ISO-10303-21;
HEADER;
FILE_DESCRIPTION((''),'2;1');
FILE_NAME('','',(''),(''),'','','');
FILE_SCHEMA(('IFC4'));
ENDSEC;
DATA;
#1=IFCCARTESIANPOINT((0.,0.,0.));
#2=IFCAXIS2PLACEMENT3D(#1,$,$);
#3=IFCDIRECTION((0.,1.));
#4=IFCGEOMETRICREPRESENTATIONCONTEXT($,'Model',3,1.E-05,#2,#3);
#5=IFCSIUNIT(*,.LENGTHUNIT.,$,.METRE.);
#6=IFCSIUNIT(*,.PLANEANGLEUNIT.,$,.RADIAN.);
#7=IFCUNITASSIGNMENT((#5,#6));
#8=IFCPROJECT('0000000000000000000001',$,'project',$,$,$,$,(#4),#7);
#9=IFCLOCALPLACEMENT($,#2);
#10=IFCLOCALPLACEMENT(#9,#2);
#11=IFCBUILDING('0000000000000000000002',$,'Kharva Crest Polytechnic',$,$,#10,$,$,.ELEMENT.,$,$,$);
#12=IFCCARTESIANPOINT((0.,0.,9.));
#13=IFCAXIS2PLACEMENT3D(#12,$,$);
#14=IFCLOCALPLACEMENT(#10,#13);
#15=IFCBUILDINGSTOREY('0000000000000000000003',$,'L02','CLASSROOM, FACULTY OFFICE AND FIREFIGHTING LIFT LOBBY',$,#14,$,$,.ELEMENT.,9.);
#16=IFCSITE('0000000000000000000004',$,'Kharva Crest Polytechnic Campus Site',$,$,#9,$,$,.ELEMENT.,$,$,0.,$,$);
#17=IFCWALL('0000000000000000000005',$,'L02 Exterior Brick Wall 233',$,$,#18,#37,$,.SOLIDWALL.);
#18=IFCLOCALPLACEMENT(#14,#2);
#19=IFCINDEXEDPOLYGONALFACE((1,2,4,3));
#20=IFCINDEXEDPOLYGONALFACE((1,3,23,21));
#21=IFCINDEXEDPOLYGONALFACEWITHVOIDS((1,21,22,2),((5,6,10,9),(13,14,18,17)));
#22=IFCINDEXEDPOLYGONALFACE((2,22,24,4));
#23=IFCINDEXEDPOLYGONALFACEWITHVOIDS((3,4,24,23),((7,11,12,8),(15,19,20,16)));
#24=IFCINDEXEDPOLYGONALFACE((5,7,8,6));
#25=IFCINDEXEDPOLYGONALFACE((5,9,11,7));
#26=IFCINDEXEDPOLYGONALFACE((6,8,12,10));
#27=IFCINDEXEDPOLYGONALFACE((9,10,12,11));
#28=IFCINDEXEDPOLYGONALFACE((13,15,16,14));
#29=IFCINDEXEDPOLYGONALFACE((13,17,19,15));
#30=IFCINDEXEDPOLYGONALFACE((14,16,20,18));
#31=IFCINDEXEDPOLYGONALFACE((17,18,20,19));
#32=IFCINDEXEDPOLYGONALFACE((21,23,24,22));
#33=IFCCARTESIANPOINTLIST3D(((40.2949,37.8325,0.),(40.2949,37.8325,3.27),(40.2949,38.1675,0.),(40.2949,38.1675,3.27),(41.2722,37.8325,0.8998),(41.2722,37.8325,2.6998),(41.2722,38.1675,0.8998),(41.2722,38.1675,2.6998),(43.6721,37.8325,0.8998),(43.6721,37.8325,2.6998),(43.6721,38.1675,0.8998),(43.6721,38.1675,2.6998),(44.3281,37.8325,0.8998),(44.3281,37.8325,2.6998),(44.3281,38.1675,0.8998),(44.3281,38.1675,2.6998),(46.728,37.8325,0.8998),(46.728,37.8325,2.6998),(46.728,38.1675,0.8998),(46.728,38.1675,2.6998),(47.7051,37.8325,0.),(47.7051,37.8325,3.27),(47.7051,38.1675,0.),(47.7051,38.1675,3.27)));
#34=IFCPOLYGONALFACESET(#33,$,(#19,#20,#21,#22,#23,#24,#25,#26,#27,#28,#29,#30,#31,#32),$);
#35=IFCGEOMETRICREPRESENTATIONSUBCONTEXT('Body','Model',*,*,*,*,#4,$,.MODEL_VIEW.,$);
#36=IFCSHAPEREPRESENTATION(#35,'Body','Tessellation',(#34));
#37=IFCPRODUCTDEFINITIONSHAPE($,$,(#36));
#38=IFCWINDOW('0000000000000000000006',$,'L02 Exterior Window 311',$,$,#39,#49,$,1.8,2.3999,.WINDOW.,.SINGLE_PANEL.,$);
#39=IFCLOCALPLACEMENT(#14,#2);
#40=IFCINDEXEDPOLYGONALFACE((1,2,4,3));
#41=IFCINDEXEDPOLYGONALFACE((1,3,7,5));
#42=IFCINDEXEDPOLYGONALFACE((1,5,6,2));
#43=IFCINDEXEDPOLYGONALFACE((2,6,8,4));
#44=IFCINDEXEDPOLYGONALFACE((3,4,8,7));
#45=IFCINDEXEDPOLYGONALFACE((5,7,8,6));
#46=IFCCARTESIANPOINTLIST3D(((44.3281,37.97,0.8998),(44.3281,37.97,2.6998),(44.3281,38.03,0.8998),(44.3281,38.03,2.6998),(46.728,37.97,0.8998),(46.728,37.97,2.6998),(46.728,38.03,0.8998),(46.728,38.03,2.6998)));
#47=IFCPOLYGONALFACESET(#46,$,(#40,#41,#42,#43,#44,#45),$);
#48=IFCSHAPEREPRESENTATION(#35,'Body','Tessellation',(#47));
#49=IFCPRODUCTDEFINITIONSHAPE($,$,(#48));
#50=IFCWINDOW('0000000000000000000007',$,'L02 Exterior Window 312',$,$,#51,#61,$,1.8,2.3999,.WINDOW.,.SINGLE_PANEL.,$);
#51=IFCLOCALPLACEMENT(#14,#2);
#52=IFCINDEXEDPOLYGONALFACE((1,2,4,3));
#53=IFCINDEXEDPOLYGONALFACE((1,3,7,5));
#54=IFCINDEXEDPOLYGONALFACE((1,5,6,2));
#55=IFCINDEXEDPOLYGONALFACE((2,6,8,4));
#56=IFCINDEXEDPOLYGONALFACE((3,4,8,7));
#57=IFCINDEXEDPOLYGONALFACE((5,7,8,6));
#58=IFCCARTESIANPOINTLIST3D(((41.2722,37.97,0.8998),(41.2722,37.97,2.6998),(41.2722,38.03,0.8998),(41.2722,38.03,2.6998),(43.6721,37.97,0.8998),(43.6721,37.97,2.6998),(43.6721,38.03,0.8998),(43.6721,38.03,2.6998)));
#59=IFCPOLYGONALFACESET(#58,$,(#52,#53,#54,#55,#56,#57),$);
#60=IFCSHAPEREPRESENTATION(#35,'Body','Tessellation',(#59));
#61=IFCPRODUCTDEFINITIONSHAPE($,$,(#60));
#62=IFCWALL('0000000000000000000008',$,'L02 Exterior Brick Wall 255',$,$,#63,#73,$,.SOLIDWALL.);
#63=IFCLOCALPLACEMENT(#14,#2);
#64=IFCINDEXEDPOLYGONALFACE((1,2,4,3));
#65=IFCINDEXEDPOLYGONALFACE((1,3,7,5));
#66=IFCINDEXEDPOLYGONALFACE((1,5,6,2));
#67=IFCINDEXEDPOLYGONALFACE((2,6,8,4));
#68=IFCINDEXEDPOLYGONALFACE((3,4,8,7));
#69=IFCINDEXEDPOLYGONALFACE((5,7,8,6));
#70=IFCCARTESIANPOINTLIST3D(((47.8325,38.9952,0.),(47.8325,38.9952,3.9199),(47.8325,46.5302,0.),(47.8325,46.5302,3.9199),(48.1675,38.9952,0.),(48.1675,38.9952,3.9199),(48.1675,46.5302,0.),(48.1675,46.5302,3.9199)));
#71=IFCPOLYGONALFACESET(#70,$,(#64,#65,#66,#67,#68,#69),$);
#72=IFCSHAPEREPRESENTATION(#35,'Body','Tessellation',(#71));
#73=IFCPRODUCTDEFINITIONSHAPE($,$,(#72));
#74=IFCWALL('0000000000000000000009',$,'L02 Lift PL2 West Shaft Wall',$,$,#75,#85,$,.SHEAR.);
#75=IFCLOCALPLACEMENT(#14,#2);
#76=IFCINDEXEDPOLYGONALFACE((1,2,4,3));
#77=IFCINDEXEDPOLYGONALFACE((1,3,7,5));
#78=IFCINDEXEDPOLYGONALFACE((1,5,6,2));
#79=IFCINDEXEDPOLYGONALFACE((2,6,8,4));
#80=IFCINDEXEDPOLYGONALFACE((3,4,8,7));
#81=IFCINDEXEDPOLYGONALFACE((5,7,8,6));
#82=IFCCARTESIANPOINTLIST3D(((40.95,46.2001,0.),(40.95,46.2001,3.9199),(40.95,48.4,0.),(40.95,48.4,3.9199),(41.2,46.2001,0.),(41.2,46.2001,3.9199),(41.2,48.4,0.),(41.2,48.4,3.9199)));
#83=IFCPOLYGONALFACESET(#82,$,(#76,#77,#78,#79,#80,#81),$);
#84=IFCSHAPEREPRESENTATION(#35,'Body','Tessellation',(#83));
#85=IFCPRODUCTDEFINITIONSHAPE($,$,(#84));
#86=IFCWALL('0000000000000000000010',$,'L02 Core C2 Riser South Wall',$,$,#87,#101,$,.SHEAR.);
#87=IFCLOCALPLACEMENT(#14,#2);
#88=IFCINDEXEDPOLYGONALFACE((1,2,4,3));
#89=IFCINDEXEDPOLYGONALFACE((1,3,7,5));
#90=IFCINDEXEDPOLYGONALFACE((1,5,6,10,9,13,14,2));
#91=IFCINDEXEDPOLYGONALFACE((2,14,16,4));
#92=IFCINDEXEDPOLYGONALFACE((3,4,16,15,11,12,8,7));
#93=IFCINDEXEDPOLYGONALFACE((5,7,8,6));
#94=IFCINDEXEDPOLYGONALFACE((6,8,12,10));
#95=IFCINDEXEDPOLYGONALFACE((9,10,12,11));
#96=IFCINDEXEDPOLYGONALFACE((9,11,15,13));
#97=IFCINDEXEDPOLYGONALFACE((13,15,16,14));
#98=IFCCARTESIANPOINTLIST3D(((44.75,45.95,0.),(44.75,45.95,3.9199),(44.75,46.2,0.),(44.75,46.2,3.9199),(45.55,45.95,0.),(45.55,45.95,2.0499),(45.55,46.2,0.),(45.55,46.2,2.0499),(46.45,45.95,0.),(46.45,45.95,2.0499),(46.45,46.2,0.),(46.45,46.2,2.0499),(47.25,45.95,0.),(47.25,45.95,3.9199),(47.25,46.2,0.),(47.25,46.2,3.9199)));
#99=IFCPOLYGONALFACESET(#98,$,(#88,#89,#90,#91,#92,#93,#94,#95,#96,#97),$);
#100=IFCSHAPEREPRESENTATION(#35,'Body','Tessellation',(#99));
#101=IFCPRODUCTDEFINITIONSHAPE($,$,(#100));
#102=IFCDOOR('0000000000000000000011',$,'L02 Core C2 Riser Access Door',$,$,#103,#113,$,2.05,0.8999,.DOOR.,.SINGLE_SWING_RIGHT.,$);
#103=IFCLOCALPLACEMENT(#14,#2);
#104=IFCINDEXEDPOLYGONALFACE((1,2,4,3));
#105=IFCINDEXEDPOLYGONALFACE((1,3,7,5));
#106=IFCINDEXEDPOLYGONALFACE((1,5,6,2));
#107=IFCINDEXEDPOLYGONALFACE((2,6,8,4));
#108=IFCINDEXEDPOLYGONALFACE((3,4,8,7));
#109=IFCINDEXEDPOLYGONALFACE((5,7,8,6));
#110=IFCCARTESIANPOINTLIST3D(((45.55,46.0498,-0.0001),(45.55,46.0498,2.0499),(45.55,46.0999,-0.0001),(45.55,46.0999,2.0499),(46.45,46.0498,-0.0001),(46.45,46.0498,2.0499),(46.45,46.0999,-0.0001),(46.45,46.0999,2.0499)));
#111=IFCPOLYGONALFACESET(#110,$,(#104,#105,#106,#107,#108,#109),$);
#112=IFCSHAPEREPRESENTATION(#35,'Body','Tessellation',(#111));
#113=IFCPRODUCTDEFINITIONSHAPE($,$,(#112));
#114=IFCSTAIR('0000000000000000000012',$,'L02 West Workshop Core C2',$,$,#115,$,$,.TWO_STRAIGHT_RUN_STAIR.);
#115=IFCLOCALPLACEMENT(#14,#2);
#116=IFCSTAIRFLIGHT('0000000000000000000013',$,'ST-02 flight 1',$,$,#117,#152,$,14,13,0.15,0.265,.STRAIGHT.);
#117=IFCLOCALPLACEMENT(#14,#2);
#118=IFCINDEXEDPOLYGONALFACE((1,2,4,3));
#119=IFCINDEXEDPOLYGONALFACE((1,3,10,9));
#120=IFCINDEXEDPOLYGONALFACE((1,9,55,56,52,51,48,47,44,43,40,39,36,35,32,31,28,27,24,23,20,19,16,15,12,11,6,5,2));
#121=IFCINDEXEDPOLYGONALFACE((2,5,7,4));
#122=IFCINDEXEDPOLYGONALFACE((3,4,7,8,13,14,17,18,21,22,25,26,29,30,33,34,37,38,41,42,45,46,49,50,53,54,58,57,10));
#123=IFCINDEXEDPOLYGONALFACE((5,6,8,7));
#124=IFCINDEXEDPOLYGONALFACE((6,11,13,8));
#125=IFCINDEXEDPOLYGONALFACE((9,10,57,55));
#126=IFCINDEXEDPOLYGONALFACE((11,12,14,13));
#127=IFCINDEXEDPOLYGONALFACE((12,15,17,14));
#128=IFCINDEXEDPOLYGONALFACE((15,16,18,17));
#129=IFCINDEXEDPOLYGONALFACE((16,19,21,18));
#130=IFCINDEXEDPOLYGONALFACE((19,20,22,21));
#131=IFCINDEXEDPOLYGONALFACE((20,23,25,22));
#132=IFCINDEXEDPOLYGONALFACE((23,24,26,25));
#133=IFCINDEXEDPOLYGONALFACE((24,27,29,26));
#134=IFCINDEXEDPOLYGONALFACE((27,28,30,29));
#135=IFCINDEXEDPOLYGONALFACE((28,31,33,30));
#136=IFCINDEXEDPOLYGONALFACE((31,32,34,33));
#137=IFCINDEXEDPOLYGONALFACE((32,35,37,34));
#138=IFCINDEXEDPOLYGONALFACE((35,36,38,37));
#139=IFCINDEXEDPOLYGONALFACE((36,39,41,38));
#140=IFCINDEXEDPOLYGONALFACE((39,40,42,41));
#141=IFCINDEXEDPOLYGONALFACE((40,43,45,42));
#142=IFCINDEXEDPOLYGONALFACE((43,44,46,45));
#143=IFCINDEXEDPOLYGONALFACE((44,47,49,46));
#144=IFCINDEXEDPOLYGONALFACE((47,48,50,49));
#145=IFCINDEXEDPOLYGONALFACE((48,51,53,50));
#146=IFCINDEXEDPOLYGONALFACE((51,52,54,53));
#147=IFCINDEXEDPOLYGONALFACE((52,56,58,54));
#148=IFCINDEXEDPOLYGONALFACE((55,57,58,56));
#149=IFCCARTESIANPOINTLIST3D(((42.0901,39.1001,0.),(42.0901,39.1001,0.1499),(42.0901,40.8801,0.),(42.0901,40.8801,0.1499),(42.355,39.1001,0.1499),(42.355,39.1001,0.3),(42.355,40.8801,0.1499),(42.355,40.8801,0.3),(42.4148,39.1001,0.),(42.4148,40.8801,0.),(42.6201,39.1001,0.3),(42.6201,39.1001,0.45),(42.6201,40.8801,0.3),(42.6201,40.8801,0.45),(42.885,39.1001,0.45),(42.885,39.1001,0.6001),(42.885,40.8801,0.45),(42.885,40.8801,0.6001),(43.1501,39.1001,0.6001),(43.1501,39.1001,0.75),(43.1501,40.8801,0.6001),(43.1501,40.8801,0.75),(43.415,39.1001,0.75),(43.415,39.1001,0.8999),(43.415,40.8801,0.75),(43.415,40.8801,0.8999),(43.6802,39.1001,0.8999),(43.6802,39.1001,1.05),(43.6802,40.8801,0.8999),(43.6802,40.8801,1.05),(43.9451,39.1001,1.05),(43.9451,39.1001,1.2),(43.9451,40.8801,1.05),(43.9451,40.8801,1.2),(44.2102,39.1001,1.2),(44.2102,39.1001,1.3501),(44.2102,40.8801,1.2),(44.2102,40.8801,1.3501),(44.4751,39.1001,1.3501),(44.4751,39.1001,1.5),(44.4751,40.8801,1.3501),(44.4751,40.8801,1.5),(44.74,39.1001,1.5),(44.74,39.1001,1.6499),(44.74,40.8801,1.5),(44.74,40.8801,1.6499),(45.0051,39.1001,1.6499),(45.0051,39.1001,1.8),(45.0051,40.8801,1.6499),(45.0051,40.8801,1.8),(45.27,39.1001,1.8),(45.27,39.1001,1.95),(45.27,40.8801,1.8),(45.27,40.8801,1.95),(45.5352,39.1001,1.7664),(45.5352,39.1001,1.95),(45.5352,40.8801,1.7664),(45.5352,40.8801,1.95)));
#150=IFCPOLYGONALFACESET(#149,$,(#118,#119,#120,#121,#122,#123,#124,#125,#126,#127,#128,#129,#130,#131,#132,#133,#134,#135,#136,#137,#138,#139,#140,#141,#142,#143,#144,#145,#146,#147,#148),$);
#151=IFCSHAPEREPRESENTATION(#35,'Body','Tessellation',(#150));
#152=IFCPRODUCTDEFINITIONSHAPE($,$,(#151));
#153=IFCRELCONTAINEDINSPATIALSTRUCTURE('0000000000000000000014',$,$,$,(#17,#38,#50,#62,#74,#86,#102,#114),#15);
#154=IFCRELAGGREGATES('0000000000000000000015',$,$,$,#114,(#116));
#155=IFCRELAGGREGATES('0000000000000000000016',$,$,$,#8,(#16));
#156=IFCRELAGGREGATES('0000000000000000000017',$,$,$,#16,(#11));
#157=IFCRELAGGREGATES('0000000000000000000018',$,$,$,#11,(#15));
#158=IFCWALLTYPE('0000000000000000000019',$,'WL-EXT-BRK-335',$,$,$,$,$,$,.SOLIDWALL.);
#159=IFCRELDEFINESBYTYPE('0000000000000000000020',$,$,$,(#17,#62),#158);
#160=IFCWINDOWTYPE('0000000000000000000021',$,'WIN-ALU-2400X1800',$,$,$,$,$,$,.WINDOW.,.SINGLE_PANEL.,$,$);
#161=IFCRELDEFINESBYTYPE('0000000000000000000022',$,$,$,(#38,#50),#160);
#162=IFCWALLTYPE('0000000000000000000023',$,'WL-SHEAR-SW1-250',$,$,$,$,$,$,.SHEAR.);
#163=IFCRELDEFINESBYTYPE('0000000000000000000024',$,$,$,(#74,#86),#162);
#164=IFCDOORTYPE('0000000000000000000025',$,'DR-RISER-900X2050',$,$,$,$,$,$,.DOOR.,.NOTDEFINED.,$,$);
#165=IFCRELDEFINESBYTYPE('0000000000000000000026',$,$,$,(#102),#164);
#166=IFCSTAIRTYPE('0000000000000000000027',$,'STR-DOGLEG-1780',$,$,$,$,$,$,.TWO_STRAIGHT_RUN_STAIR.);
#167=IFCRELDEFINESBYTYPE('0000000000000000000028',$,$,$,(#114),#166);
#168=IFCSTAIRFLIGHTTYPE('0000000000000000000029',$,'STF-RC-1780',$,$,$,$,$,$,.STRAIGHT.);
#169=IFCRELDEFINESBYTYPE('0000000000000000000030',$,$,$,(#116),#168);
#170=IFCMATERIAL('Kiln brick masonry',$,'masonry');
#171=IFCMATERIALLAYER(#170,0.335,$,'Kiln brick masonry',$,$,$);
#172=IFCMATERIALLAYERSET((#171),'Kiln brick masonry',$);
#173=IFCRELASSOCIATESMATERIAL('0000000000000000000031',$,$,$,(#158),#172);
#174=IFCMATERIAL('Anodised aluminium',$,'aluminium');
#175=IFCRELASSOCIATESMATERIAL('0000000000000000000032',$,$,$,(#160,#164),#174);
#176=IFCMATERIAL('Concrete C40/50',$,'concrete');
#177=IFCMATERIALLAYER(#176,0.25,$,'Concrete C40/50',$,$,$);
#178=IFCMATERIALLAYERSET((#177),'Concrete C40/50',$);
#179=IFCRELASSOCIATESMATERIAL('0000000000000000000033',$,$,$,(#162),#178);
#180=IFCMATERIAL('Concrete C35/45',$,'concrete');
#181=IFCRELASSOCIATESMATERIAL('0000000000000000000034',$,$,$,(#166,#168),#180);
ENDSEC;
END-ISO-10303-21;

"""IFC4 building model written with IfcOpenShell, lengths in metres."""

from ifc_helpers import new_model, si_unit, direction, frame, frame_2d, origin, place, context, subcontext, project, spatial, polyline, rectangle, outline, extrude, material, layer, layer_set, type_object, element, fill, aggregate, save


model = new_model("IFC4")

# Units and contexts
model_context = context("Model", 3, precision=1e-05, world=origin(), true_north=direction((0.0, 1.0)))
body_context = subcontext(model_context, "Body", "Model", "MODEL_VIEW")
ifc_project = project(units=[si_unit("LENGTHUNIT", "METRE"), si_unit("PLANEANGLEUNIT", "RADIAN")], contexts=[model_context])

# Site, building, storey
site_placement = place(None, origin())
site = spatial("IfcSite", under=ifc_project, at=site_placement, Name="Kharva Crest Polytechnic Campus Site", CompositionType="ELEMENT", RefElevation=0.0)
building_placement = place(site_placement, origin())
building = spatial("IfcBuilding", under=site, at=building_placement, Name="Kharva Crest Polytechnic", CompositionType="ELEMENT")
storey_placement = place(building_placement, frame((0.0, 0.0, 9.0)))
storey = spatial("IfcBuildingStorey", under=building, at=storey_placement, Name="L02", Description="CLASSROOM, FACULTY OFFICE AND FIREFIGHTING LIFT LOBBY", CompositionType="ELEMENT", Elevation=9.0)

# Shared definitions
ifc_material_1 = material(Name="Concrete C40/50", Category="concrete")

# Wall, openings, windows
ifc_material_2 = material(Name="Kiln brick masonry", Category="masonry")
ifc_layer_1 = layer(ifc_material_2, 0.335, Name="Kiln brick masonry")
ifc_layer_set_1 = layer_set([ifc_layer_1], Name="Kiln brick masonry")
wall_type_1 = type_object("IfcWallType", Name="WL-EXT-BRK-335", PredefinedType="SOLIDWALL", material=ifc_layer_set_1)
wall_1_placement = place(storey_placement, frame((47.7051, 38.0, 0.0), z_axis=(0.0, 0.0, 1.0), x_axis=(-1.0, 0.0, 0.0)))
wall_1 = element("IfcWall", 1, at=wall_1_placement, inside=storey, type_object=wall_type_1, Name="L02 Exterior Brick Wall 233", PredefinedType="SOLIDWALL", context=body_context, shape_type="SweptSolid", body=[
    extrude(rectangle(XDim=7.4102, YDim=0.335, at=frame_2d((3.7051, 0.0))), origin(), (0.0, 0.0, 1.0), 3.27),
])
opening_1_placement = place(wall_1_placement, frame((0.9771, 0.0, 0.8999)))
opening_1 = element("IfcOpeningElement", 2, at=opening_1_placement, cuts=wall_1, PredefinedType="OPENING", context=body_context, shape_type="SweptSolid", body=[
    extrude(rectangle(XDim=2.3999, YDim=1.8, at=frame_2d((1.2, 0.8999))), frame((0.0, 0.1775, 0.0), z_axis=(0.0, -1.0, 0.0), x_axis=(1.0, 0.0, 0.0)), (0.0, 0.0, 1.0), 0.355),
])
opening_2_placement = place(wall_1_placement, frame((4.033, 0.0, 0.8999)))
opening_2 = element("IfcOpeningElement", 3, at=opening_2_placement, cuts=wall_1, PredefinedType="OPENING", context=body_context, shape_type="SweptSolid", body=[
    extrude(rectangle(XDim=2.3999, YDim=1.8, at=frame_2d((1.2, 0.8999))), frame((0.0, 0.1775, 0.0), z_axis=(0.0, -1.0, 0.0), x_axis=(1.0, 0.0, 0.0)), (0.0, 0.0, 1.0), 0.355),
])
ifc_material_3 = material(Name="Anodised aluminium", Category="aluminium")
window_type = type_object("IfcWindowType", Name="WIN-ALU-2400X1800", PartitioningType="SINGLE_PANEL", PredefinedType="WINDOW", material=ifc_material_3)
window_1_placement = place(opening_1_placement, origin())
window_1 = element("IfcWindow", 4, at=window_1_placement, inside=storey, type_object=window_type, Name="L02 Exterior Window 311", OverallHeight=1.8, OverallWidth=2.3999, PartitioningType="SINGLE_PANEL", PredefinedType="WINDOW", context=body_context, shape_type="SweptSolid", body=[
    extrude(rectangle(XDim=2.3999, YDim=1.8, at=frame_2d((1.2, 0.8999))), frame((0.0, 0.03, 0.0), z_axis=(0.0, -1.0, 0.0), x_axis=(1.0, 0.0, 0.0)), (0.0, 0.0, 1.0), 0.0601),
])
fill(opening_1, window_1)
window_2_placement = place(opening_2_placement, origin())
window_2 = element("IfcWindow", 5, at=window_2_placement, inside=storey, type_object=window_type, Name="L02 Exterior Window 312", OverallHeight=1.8, OverallWidth=2.3999, PartitioningType="SINGLE_PANEL", PredefinedType="WINDOW", context=body_context, shape_type="SweptSolid", body=[
    extrude(rectangle(XDim=2.3999, YDim=1.8, at=frame_2d((1.2, 0.8999))), frame((0.0, 0.03, 0.0), z_axis=(0.0, -1.0, 0.0), x_axis=(1.0, 0.0, 0.0)), (0.0, 0.0, 1.0), 0.0601),
])
fill(opening_2, window_2)

# Walls
wall_2_placement = place(storey_placement, frame((48.0, 38.9951, 0.0), z_axis=(0.0, 0.0, 1.0), x_axis=(0.0, 1.0, 0.0)))
element("IfcWall", 6, at=wall_2_placement, inside=storey, type_object=wall_type_1, Name="L02 Exterior Brick Wall 255", PredefinedType="SOLIDWALL", context=body_context, shape_type="SweptSolid", body=[
    extrude(rectangle(XDim=7.5349, YDim=0.335, at=frame_2d((3.7676, 0.0))), origin(), (0.0, 0.0, 1.0), 3.9199),
])
ifc_layer_2 = layer(ifc_material_1, 0.25, Name="Concrete C40/50")
ifc_layer_set_2 = layer_set([ifc_layer_2], Name="Concrete C40/50")
wall_type_2 = type_object("IfcWallType", Name="WL-SHEAR-SW1-250", PredefinedType="SHEAR", material=ifc_layer_set_2)
wall_3_placement = place(storey_placement, frame((41.075, 46.2, 0.0), z_axis=(0.0, 0.0, 1.0), x_axis=(0.0, 1.0, 0.0)))
element("IfcWall", 7, at=wall_3_placement, inside=storey, type_object=wall_type_2, Name="L02 Lift PL2 West Shaft Wall", PredefinedType="SHEAR", context=body_context, shape_type="SweptSolid", body=[
    extrude(rectangle(XDim=2.2, YDim=0.25, at=frame_2d((1.1001, 0.0))), origin(), (0.0, 0.0, 1.0), 3.9199),
])

# Wall, opening, door
wall_4_placement = place(storey_placement, frame((44.75, 46.075, 0.0), z_axis=(0.0, 0.0, 1.0), x_axis=(1.0, 0.0, 0.0)))
wall_4 = element("IfcWall", 8, at=wall_4_placement, inside=storey, type_object=wall_type_2, Name="L02 Core C2 Riser South Wall", PredefinedType="SHEAR", context=body_context, shape_type="SweptSolid", body=[
    extrude(rectangle(XDim=2.5, YDim=0.25, at=frame_2d((1.25, 0.0))), origin(), (0.0, 0.0, 1.0), 3.9199),
])
opening_3_placement = place(wall_4_placement, frame((0.8, 0.0, 0.0)))
opening_3 = element("IfcOpeningElement", 9, at=opening_3_placement, cuts=wall_4, PredefinedType="OPENING", context=body_context, shape_type="SweptSolid", body=[
    extrude(rectangle(XDim=0.8999, YDim=2.05, at=frame_2d((0.45, 1.0249))), frame((0.0, 0.135, 0.0), z_axis=(0.0, -1.0, 0.0), x_axis=(1.0, 0.0, 0.0)), (0.0, 0.0, 1.0), 0.27),
])
door_type = type_object("IfcDoorType", Name="DR-RISER-900X2050", OperationType="NOTDEFINED", PredefinedType="DOOR", material=ifc_material_3)
door_placement = place(opening_3_placement, origin())
door = element("IfcDoor", 10, at=door_placement, inside=storey, type_object=door_type, Name="L02 Core C2 Riser Access Door", OperationType="SINGLE_SWING_RIGHT", OverallHeight=2.05, OverallWidth=0.8999, PredefinedType="DOOR", context=body_context, shape_type="SweptSolid", body=[
    extrude(rectangle(XDim=0.8999, YDim=2.05, at=frame_2d((0.45, 1.0249))), frame((0.0, 0.0249, 0.0), z_axis=(0.0, -1.0, 0.0), x_axis=(1.0, 0.0, 0.0)), (0.0, 0.0, 1.0), 0.05),
])
fill(opening_3, door)

# Stair, stair flight
ifc_material_4 = material(Name="Concrete C35/45", Category="concrete")
stair_type = type_object("IfcStairType", Name="STR-DOGLEG-1780", PredefinedType="TWO_STRAIGHT_RUN_STAIR", material=ifc_material_4)
stair_placement = place(storey_placement, origin())
stair = element("IfcStair", 11, at=stair_placement, inside=storey, type_object=stair_type, Name="L02 West Workshop Core C2", PredefinedType="TWO_STRAIGHT_RUN_STAIR")
stair_flight_type = type_object("IfcStairFlightType", Name="STF-RC-1780", PredefinedType="STRAIGHT", material=ifc_material_4)
stair_flight_1_placement = place(storey_placement, frame((42.0901, 39.99, 0.0), z_axis=(0.0, 0.0, 1.0), x_axis=(1.0, 0.0, 0.0)))
stair_flight_1 = element("IfcStairFlight", 12, at=stair_flight_1_placement, type_object=stair_flight_type, Name="ST-02 flight 1", NumberOfRisers=14, NumberOfTreads=13, PredefinedType="STRAIGHT", RiserHeight=0.15, TreadLength=0.265, context=body_context, shape_type="SweptSolid", body=[
    extrude(outline(polyline([(0.0, 0.0), (0.0, 0.1499), (0.2649, 0.1499), (0.2649, 0.3), (0.53, 0.3), (0.53, 0.45), (0.7949, 0.45), (0.7949, 0.6001), (1.0601, 0.6001), (1.0601, 0.75), (1.325, 0.75), (1.325, 0.8999), (1.5901, 0.8999), (1.5901, 1.05), (1.855, 1.05), (1.855, 1.2), (2.1201, 1.2), (2.1201, 1.3501), (2.385, 1.3501), (2.385, 1.5), (2.6499, 1.5), (2.6499, 1.6499), (2.915, 1.6499), (2.915, 1.8), (3.1799, 1.8), (3.1799, 1.95), (3.4451, 1.95), (3.4451, 2.1001), (3.4451, 1.7664), (0.3247, 0.0), (0.0, 0.0)])), frame((0.0, 0.8901, 0.0), z_axis=(0.0, -1.0, 0.0), x_axis=(1.0, 0.0, 0.0)), (0.0, 0.0, 1.0), 1.78),
])
aggregate(stair, [stair_flight_1])

save(model, "model.ifc")
